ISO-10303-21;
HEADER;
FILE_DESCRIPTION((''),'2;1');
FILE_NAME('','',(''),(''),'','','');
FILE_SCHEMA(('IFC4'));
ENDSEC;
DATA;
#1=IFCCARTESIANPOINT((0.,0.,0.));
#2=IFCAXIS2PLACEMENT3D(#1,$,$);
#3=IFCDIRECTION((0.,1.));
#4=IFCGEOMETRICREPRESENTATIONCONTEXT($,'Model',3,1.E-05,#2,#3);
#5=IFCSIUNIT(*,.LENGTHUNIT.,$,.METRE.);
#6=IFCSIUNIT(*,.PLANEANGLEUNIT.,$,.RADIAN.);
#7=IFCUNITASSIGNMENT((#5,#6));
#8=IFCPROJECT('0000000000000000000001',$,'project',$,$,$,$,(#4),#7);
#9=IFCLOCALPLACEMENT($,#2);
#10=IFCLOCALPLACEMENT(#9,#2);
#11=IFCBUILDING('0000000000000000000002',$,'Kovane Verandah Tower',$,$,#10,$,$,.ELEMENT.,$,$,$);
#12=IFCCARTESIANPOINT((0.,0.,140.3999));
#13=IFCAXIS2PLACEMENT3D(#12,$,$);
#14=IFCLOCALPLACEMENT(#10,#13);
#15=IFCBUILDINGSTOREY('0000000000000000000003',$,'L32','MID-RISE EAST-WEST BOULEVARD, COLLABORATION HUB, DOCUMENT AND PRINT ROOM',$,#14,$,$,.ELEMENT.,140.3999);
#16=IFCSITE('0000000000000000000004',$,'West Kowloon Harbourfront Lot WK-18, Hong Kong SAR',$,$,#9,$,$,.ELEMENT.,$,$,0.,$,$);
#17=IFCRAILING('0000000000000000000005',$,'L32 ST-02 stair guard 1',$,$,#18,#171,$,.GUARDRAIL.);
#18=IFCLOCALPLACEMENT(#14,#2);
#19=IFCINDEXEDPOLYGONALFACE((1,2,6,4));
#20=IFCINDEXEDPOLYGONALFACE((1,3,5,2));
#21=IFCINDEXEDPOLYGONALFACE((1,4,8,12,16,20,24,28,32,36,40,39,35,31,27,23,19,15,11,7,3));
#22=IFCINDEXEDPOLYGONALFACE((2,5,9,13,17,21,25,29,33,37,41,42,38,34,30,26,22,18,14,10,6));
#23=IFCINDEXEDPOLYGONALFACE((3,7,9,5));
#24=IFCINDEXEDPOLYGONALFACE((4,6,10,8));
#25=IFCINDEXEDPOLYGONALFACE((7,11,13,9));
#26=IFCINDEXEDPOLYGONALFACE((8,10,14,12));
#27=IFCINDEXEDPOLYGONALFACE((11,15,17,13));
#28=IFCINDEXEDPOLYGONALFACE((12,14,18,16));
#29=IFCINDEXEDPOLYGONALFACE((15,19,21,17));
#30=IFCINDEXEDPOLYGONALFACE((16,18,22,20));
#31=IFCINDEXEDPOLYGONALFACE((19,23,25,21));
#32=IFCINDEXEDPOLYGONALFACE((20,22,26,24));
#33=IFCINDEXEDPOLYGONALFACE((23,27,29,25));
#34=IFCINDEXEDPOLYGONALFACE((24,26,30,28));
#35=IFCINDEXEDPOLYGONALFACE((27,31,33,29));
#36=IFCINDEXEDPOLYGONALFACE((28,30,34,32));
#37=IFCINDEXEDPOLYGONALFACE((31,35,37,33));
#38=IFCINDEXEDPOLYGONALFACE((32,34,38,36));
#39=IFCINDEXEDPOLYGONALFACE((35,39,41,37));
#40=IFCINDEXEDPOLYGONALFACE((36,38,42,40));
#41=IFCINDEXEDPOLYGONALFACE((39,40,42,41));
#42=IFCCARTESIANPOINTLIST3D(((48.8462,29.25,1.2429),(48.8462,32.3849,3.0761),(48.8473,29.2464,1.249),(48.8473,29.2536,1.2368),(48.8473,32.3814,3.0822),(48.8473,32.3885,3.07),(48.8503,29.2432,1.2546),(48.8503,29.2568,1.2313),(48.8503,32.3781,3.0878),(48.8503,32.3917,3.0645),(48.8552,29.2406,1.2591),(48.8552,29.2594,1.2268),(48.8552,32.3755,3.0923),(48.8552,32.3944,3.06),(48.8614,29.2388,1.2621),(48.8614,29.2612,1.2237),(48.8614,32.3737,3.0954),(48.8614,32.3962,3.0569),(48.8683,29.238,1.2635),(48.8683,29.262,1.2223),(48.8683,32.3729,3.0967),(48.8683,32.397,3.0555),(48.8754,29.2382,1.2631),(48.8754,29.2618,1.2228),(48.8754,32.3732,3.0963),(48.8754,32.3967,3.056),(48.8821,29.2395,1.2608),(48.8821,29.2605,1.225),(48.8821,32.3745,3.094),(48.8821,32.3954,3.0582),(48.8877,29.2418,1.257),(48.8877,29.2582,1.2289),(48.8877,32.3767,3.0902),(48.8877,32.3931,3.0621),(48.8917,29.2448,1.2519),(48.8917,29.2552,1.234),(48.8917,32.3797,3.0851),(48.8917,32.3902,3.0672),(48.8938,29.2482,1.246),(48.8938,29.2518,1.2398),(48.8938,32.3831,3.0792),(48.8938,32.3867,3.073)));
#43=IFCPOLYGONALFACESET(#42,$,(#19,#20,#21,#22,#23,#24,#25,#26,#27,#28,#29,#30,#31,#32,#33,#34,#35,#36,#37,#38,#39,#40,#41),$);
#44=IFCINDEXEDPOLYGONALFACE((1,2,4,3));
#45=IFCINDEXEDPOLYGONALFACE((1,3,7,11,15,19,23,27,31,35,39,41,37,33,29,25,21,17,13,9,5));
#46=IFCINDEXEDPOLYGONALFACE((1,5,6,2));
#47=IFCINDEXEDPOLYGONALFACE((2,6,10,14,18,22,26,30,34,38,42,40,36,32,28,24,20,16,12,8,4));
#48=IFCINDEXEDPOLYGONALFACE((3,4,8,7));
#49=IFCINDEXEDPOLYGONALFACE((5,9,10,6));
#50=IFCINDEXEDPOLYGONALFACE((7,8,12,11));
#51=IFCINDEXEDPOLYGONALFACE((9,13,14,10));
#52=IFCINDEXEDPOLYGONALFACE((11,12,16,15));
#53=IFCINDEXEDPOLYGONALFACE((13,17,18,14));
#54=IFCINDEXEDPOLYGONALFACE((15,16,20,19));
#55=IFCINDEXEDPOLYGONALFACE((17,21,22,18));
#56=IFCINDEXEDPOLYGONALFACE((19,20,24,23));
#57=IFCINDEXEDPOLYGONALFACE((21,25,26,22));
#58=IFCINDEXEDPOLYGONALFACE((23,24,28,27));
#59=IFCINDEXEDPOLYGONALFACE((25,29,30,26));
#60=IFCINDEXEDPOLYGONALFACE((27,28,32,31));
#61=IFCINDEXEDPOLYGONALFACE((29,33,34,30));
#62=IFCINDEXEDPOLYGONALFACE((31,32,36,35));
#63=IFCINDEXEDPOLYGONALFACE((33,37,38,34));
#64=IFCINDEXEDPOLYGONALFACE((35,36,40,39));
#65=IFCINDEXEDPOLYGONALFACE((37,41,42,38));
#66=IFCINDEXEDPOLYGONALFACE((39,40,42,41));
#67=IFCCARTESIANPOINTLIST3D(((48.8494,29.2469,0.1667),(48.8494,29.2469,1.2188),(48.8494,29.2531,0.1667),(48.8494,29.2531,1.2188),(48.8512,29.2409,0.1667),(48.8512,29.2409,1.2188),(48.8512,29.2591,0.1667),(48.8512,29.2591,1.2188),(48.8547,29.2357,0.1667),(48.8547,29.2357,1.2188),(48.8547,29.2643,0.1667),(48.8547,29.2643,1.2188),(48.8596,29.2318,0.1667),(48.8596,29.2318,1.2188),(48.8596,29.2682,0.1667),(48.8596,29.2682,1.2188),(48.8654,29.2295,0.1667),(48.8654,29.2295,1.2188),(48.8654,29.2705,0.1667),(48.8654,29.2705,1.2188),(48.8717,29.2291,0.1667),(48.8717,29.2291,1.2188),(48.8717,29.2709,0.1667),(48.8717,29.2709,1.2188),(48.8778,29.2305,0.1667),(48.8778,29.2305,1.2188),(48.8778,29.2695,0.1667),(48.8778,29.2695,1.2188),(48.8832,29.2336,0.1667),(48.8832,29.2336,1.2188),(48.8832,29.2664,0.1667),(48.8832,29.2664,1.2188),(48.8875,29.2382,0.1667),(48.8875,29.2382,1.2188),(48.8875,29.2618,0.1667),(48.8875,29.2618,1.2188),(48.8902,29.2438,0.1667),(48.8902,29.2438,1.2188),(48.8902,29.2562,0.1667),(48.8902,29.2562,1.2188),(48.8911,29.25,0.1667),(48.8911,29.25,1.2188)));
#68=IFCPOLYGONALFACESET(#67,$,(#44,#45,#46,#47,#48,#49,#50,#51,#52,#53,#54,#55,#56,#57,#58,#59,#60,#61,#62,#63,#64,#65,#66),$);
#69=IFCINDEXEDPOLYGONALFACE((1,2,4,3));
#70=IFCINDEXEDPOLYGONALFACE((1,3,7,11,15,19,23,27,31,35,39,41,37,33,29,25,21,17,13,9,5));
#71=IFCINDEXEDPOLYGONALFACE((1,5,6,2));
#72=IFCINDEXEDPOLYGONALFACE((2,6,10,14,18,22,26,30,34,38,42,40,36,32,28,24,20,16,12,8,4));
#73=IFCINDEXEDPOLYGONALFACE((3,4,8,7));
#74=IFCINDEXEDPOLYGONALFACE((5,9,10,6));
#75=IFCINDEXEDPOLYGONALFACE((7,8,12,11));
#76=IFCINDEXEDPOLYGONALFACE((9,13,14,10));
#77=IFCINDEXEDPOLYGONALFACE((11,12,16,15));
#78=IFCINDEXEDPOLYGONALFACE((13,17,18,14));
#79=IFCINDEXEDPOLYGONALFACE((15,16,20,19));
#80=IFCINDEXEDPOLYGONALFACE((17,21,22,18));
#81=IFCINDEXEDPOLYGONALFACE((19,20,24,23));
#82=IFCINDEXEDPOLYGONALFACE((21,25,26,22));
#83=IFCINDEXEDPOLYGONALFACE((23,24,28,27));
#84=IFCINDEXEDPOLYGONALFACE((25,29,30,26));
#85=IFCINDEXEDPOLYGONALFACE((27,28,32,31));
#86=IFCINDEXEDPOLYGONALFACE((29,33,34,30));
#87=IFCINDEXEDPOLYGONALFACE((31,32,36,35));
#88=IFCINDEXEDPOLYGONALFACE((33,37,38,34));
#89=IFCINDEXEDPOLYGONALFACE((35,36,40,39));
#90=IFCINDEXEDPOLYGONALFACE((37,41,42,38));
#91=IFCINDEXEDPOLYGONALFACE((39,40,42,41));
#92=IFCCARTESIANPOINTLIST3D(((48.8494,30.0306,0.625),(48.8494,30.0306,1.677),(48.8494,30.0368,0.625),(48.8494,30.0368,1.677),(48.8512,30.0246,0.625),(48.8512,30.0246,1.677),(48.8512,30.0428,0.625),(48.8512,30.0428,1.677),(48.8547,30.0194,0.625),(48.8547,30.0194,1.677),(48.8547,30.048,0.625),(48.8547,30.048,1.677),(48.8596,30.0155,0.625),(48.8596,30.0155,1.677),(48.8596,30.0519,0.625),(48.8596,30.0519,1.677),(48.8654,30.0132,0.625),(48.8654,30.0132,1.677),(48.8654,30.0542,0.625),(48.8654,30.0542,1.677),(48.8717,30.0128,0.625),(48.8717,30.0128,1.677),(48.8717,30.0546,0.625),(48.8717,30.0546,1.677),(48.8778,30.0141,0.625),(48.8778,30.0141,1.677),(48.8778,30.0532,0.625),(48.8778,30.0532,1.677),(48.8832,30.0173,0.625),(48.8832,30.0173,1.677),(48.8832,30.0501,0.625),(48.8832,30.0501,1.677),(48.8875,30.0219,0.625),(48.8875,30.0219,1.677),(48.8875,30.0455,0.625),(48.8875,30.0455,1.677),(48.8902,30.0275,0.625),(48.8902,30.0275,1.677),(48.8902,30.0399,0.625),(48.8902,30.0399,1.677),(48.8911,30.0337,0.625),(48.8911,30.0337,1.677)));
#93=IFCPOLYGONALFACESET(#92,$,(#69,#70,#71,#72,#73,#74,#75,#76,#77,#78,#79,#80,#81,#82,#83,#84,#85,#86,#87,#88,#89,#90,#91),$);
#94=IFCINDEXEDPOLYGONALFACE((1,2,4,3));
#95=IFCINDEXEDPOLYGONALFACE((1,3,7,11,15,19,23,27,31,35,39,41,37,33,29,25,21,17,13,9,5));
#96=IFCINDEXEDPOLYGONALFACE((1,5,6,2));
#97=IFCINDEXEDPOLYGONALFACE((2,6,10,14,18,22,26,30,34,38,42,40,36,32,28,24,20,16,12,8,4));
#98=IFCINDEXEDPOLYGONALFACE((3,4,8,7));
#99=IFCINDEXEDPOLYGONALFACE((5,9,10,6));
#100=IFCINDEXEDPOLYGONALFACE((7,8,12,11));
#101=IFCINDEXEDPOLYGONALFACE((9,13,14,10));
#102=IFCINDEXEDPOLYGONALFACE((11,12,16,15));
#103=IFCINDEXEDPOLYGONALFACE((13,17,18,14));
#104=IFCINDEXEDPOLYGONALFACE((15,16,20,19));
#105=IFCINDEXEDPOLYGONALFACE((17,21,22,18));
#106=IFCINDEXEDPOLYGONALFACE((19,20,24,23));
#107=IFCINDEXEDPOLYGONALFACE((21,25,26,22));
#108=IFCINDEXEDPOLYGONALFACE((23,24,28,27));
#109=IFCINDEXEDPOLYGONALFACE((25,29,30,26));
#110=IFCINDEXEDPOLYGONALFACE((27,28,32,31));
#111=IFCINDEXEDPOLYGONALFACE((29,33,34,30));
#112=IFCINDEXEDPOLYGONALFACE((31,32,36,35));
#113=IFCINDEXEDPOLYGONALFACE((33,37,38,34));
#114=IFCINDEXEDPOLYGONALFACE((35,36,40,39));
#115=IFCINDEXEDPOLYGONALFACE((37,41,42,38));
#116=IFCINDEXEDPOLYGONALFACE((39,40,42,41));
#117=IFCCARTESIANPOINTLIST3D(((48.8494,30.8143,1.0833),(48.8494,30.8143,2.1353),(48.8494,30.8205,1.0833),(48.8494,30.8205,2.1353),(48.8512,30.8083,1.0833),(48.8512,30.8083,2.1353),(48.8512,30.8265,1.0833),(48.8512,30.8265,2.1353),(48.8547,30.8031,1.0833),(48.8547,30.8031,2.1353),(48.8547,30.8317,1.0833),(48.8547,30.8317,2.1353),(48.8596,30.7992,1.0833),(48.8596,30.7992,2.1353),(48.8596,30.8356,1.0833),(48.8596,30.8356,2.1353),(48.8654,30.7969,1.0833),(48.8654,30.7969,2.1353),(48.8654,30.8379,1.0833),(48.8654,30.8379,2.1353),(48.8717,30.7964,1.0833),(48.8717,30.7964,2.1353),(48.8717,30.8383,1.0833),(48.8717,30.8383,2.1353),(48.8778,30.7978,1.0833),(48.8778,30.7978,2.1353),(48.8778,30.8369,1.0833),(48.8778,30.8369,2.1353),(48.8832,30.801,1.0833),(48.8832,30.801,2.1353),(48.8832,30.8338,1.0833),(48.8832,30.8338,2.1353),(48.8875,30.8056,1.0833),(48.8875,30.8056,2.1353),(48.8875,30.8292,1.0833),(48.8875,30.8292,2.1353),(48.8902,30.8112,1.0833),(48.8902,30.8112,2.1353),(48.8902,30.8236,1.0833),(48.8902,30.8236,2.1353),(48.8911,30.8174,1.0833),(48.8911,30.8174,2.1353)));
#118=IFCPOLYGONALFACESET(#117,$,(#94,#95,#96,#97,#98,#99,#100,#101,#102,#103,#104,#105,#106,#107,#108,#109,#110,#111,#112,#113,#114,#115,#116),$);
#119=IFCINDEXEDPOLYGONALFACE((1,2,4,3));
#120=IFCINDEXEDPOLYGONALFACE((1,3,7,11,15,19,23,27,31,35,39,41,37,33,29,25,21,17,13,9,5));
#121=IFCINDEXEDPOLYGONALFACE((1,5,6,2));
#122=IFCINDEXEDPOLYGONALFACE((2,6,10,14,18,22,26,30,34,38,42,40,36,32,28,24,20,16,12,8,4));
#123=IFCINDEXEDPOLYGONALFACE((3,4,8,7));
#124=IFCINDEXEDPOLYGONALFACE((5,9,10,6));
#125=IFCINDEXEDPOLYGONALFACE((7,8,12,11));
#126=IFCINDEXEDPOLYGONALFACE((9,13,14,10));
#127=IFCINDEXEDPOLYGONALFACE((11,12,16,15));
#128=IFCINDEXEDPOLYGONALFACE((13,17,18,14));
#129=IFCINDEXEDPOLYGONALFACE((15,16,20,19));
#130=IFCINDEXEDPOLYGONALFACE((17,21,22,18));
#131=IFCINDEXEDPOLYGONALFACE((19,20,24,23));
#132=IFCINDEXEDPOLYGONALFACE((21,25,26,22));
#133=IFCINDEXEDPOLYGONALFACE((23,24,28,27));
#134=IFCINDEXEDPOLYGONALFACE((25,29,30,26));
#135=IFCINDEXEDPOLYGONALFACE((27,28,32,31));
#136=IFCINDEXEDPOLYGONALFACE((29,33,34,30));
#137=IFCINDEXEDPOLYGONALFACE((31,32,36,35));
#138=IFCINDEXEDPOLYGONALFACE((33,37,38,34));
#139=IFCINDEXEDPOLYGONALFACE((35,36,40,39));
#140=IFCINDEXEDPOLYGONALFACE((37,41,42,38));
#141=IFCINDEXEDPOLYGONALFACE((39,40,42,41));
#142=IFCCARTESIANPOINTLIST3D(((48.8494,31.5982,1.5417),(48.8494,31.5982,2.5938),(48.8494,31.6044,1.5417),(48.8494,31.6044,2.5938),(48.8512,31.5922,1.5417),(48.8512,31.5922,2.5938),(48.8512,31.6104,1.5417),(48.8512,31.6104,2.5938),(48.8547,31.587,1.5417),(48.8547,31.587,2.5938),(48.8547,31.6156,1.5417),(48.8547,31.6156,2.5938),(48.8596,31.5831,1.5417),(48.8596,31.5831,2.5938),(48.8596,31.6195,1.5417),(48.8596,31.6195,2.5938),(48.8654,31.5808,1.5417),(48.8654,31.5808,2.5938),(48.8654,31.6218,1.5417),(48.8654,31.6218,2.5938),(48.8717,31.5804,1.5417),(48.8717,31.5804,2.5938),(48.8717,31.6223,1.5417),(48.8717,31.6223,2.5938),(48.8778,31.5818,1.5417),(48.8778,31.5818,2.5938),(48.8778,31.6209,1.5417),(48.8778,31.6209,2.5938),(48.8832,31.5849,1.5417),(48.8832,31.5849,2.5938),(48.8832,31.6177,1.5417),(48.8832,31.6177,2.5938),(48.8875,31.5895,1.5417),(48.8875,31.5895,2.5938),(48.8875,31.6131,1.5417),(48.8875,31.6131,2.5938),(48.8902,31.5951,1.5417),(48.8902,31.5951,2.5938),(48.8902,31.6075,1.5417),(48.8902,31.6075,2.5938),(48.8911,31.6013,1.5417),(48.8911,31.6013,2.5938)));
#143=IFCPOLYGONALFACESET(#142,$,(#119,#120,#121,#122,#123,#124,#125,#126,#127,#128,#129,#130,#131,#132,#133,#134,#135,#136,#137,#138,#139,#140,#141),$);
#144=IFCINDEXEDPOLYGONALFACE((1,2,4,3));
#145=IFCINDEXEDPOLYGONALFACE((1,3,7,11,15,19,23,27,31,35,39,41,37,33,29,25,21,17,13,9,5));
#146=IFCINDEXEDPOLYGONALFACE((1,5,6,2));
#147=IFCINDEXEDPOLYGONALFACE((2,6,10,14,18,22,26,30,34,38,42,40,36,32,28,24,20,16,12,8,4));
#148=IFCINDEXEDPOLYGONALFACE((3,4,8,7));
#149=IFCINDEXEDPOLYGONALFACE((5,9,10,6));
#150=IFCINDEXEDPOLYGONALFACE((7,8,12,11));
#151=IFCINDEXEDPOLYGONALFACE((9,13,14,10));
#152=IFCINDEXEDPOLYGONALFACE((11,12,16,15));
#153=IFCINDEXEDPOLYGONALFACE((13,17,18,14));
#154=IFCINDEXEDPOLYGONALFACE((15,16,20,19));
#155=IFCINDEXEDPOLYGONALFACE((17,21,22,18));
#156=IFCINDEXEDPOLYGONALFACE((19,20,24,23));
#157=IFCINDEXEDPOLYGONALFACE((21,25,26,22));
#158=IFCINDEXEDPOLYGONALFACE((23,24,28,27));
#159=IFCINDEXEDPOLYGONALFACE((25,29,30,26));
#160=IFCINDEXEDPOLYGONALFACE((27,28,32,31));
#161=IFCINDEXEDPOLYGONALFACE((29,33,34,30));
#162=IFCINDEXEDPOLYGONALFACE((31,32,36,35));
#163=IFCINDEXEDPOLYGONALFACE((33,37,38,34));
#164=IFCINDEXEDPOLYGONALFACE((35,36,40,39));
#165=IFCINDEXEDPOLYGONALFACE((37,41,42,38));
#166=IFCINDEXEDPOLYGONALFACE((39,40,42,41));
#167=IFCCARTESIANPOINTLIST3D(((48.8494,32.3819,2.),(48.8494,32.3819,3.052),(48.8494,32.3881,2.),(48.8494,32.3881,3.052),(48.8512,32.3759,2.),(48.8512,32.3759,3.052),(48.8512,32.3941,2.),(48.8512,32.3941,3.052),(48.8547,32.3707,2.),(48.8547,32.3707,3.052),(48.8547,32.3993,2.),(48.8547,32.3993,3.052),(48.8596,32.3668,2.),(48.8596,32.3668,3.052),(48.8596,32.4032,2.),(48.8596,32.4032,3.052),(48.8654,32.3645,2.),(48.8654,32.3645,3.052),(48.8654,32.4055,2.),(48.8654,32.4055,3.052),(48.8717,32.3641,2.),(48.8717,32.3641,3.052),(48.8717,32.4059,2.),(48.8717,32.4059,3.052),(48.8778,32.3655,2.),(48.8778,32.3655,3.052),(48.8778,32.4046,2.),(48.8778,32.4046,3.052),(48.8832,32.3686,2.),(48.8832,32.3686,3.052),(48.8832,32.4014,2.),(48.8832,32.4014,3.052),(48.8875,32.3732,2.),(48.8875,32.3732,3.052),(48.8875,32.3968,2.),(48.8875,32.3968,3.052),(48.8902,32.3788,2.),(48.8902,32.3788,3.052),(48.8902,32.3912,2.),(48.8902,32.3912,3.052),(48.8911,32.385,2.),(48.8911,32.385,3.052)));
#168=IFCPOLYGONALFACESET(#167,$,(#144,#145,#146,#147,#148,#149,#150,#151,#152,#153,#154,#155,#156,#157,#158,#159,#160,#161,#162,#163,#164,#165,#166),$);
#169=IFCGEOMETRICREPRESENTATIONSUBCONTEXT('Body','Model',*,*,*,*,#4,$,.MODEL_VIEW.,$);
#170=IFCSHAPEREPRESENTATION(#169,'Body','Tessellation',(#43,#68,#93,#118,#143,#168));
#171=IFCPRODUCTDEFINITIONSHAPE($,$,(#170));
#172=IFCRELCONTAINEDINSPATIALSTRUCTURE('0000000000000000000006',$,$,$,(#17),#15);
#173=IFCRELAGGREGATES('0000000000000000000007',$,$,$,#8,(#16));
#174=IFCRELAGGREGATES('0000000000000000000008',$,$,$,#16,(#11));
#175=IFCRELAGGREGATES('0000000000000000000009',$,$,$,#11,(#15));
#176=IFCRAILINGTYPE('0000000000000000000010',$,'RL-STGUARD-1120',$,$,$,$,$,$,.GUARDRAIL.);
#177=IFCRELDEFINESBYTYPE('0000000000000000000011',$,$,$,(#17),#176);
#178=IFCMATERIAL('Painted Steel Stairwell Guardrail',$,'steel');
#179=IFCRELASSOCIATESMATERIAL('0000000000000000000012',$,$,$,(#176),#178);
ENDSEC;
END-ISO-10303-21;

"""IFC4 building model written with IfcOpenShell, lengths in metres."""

from ifc_helpers import new_model, si_unit, direction, frame, origin, origin_2d, place, context, subcontext, project, spatial, circle, extrude, material, type_object, element, save


model = new_model("IFC4")

# Units and contexts
model_context = context("Model", 3, precision=1e-05, world=origin(), true_north=direction((0.0, 1.0)))
body_context = subcontext(model_context, "Body", "Model", "MODEL_VIEW")
ifc_project = project(units=[si_unit("LENGTHUNIT", "METRE"), si_unit("PLANEANGLEUNIT", "RADIAN")], contexts=[model_context])

# Site, building, storey
site_placement = place(None, origin())
site = spatial("IfcSite", under=ifc_project, at=site_placement, Name="West Kowloon Harbourfront Lot WK-18, Hong Kong SAR", CompositionType="ELEMENT", RefElevation=0.0)
building_placement = place(site_placement, origin())
building = spatial("IfcBuilding", under=site, at=building_placement, Name="Kovane Verandah Tower", CompositionType="ELEMENT")
storey_placement = place(building_placement, frame((0.0, 0.0, 140.3999)))
storey = spatial("IfcBuildingStorey", under=building, at=storey_placement, Name="L32", Description="MID-RISE EAST-WEST BOULEVARD, COLLABORATION HUB, DOCUMENT AND PRINT ROOM", CompositionType="ELEMENT", Elevation=140.3999)

# Railing
ifc_material_1 = material(Name="Painted Steel Stairwell Guardrail", Category="steel")
railing_type_1 = type_object("IfcRailingType", Name="RL-STGUARD-1120", PredefinedType="GUARDRAIL", material=ifc_material_1)
railing_1_placement = place(storey_placement, frame((48.8701, 29.25, 0.1667)))
element("IfcRailing", 1, at=railing_1_placement, inside=storey, type_object=railing_type_1, Name="L32 ST-02 stair guard 1", PredefinedType="GUARDRAIL", context=body_context, shape_type="SweptSolid", body=[
    extrude(circle(Radius=0.0239, at=origin_2d()), frame((0.0, 0.0, 1.0762), z_axis=(0.0, 0.86324, 0.504794), x_axis=(-1.0, 0.0, 0.0)), (0.0, 0.0, 1.0), 3.6316),
    extrude(circle(Radius=0.021, at=origin_2d()), origin(), (0.0, 0.0, 1.0), 1.052),
    extrude(circle(Radius=0.021, at=origin_2d()), frame((0.0, 0.7837, 0.4583)), (0.0, 0.0, 1.0), 1.052),
    extrude(circle(Radius=0.021, at=origin_2d()), frame((0.0, 1.5674, 0.9165)), (0.0, 0.0, 1.0), 1.052),
    extrude(circle(Radius=0.021, at=origin_2d()), frame((0.0, 2.3513, 1.375)), (0.0, 0.0, 1.0), 1.052),
    extrude(circle(Radius=0.021, at=origin_2d()), frame((0.0, 3.135, 1.8333)), (0.0, 0.0, 1.0), 1.052),
])

save(model, "model.ifc")
